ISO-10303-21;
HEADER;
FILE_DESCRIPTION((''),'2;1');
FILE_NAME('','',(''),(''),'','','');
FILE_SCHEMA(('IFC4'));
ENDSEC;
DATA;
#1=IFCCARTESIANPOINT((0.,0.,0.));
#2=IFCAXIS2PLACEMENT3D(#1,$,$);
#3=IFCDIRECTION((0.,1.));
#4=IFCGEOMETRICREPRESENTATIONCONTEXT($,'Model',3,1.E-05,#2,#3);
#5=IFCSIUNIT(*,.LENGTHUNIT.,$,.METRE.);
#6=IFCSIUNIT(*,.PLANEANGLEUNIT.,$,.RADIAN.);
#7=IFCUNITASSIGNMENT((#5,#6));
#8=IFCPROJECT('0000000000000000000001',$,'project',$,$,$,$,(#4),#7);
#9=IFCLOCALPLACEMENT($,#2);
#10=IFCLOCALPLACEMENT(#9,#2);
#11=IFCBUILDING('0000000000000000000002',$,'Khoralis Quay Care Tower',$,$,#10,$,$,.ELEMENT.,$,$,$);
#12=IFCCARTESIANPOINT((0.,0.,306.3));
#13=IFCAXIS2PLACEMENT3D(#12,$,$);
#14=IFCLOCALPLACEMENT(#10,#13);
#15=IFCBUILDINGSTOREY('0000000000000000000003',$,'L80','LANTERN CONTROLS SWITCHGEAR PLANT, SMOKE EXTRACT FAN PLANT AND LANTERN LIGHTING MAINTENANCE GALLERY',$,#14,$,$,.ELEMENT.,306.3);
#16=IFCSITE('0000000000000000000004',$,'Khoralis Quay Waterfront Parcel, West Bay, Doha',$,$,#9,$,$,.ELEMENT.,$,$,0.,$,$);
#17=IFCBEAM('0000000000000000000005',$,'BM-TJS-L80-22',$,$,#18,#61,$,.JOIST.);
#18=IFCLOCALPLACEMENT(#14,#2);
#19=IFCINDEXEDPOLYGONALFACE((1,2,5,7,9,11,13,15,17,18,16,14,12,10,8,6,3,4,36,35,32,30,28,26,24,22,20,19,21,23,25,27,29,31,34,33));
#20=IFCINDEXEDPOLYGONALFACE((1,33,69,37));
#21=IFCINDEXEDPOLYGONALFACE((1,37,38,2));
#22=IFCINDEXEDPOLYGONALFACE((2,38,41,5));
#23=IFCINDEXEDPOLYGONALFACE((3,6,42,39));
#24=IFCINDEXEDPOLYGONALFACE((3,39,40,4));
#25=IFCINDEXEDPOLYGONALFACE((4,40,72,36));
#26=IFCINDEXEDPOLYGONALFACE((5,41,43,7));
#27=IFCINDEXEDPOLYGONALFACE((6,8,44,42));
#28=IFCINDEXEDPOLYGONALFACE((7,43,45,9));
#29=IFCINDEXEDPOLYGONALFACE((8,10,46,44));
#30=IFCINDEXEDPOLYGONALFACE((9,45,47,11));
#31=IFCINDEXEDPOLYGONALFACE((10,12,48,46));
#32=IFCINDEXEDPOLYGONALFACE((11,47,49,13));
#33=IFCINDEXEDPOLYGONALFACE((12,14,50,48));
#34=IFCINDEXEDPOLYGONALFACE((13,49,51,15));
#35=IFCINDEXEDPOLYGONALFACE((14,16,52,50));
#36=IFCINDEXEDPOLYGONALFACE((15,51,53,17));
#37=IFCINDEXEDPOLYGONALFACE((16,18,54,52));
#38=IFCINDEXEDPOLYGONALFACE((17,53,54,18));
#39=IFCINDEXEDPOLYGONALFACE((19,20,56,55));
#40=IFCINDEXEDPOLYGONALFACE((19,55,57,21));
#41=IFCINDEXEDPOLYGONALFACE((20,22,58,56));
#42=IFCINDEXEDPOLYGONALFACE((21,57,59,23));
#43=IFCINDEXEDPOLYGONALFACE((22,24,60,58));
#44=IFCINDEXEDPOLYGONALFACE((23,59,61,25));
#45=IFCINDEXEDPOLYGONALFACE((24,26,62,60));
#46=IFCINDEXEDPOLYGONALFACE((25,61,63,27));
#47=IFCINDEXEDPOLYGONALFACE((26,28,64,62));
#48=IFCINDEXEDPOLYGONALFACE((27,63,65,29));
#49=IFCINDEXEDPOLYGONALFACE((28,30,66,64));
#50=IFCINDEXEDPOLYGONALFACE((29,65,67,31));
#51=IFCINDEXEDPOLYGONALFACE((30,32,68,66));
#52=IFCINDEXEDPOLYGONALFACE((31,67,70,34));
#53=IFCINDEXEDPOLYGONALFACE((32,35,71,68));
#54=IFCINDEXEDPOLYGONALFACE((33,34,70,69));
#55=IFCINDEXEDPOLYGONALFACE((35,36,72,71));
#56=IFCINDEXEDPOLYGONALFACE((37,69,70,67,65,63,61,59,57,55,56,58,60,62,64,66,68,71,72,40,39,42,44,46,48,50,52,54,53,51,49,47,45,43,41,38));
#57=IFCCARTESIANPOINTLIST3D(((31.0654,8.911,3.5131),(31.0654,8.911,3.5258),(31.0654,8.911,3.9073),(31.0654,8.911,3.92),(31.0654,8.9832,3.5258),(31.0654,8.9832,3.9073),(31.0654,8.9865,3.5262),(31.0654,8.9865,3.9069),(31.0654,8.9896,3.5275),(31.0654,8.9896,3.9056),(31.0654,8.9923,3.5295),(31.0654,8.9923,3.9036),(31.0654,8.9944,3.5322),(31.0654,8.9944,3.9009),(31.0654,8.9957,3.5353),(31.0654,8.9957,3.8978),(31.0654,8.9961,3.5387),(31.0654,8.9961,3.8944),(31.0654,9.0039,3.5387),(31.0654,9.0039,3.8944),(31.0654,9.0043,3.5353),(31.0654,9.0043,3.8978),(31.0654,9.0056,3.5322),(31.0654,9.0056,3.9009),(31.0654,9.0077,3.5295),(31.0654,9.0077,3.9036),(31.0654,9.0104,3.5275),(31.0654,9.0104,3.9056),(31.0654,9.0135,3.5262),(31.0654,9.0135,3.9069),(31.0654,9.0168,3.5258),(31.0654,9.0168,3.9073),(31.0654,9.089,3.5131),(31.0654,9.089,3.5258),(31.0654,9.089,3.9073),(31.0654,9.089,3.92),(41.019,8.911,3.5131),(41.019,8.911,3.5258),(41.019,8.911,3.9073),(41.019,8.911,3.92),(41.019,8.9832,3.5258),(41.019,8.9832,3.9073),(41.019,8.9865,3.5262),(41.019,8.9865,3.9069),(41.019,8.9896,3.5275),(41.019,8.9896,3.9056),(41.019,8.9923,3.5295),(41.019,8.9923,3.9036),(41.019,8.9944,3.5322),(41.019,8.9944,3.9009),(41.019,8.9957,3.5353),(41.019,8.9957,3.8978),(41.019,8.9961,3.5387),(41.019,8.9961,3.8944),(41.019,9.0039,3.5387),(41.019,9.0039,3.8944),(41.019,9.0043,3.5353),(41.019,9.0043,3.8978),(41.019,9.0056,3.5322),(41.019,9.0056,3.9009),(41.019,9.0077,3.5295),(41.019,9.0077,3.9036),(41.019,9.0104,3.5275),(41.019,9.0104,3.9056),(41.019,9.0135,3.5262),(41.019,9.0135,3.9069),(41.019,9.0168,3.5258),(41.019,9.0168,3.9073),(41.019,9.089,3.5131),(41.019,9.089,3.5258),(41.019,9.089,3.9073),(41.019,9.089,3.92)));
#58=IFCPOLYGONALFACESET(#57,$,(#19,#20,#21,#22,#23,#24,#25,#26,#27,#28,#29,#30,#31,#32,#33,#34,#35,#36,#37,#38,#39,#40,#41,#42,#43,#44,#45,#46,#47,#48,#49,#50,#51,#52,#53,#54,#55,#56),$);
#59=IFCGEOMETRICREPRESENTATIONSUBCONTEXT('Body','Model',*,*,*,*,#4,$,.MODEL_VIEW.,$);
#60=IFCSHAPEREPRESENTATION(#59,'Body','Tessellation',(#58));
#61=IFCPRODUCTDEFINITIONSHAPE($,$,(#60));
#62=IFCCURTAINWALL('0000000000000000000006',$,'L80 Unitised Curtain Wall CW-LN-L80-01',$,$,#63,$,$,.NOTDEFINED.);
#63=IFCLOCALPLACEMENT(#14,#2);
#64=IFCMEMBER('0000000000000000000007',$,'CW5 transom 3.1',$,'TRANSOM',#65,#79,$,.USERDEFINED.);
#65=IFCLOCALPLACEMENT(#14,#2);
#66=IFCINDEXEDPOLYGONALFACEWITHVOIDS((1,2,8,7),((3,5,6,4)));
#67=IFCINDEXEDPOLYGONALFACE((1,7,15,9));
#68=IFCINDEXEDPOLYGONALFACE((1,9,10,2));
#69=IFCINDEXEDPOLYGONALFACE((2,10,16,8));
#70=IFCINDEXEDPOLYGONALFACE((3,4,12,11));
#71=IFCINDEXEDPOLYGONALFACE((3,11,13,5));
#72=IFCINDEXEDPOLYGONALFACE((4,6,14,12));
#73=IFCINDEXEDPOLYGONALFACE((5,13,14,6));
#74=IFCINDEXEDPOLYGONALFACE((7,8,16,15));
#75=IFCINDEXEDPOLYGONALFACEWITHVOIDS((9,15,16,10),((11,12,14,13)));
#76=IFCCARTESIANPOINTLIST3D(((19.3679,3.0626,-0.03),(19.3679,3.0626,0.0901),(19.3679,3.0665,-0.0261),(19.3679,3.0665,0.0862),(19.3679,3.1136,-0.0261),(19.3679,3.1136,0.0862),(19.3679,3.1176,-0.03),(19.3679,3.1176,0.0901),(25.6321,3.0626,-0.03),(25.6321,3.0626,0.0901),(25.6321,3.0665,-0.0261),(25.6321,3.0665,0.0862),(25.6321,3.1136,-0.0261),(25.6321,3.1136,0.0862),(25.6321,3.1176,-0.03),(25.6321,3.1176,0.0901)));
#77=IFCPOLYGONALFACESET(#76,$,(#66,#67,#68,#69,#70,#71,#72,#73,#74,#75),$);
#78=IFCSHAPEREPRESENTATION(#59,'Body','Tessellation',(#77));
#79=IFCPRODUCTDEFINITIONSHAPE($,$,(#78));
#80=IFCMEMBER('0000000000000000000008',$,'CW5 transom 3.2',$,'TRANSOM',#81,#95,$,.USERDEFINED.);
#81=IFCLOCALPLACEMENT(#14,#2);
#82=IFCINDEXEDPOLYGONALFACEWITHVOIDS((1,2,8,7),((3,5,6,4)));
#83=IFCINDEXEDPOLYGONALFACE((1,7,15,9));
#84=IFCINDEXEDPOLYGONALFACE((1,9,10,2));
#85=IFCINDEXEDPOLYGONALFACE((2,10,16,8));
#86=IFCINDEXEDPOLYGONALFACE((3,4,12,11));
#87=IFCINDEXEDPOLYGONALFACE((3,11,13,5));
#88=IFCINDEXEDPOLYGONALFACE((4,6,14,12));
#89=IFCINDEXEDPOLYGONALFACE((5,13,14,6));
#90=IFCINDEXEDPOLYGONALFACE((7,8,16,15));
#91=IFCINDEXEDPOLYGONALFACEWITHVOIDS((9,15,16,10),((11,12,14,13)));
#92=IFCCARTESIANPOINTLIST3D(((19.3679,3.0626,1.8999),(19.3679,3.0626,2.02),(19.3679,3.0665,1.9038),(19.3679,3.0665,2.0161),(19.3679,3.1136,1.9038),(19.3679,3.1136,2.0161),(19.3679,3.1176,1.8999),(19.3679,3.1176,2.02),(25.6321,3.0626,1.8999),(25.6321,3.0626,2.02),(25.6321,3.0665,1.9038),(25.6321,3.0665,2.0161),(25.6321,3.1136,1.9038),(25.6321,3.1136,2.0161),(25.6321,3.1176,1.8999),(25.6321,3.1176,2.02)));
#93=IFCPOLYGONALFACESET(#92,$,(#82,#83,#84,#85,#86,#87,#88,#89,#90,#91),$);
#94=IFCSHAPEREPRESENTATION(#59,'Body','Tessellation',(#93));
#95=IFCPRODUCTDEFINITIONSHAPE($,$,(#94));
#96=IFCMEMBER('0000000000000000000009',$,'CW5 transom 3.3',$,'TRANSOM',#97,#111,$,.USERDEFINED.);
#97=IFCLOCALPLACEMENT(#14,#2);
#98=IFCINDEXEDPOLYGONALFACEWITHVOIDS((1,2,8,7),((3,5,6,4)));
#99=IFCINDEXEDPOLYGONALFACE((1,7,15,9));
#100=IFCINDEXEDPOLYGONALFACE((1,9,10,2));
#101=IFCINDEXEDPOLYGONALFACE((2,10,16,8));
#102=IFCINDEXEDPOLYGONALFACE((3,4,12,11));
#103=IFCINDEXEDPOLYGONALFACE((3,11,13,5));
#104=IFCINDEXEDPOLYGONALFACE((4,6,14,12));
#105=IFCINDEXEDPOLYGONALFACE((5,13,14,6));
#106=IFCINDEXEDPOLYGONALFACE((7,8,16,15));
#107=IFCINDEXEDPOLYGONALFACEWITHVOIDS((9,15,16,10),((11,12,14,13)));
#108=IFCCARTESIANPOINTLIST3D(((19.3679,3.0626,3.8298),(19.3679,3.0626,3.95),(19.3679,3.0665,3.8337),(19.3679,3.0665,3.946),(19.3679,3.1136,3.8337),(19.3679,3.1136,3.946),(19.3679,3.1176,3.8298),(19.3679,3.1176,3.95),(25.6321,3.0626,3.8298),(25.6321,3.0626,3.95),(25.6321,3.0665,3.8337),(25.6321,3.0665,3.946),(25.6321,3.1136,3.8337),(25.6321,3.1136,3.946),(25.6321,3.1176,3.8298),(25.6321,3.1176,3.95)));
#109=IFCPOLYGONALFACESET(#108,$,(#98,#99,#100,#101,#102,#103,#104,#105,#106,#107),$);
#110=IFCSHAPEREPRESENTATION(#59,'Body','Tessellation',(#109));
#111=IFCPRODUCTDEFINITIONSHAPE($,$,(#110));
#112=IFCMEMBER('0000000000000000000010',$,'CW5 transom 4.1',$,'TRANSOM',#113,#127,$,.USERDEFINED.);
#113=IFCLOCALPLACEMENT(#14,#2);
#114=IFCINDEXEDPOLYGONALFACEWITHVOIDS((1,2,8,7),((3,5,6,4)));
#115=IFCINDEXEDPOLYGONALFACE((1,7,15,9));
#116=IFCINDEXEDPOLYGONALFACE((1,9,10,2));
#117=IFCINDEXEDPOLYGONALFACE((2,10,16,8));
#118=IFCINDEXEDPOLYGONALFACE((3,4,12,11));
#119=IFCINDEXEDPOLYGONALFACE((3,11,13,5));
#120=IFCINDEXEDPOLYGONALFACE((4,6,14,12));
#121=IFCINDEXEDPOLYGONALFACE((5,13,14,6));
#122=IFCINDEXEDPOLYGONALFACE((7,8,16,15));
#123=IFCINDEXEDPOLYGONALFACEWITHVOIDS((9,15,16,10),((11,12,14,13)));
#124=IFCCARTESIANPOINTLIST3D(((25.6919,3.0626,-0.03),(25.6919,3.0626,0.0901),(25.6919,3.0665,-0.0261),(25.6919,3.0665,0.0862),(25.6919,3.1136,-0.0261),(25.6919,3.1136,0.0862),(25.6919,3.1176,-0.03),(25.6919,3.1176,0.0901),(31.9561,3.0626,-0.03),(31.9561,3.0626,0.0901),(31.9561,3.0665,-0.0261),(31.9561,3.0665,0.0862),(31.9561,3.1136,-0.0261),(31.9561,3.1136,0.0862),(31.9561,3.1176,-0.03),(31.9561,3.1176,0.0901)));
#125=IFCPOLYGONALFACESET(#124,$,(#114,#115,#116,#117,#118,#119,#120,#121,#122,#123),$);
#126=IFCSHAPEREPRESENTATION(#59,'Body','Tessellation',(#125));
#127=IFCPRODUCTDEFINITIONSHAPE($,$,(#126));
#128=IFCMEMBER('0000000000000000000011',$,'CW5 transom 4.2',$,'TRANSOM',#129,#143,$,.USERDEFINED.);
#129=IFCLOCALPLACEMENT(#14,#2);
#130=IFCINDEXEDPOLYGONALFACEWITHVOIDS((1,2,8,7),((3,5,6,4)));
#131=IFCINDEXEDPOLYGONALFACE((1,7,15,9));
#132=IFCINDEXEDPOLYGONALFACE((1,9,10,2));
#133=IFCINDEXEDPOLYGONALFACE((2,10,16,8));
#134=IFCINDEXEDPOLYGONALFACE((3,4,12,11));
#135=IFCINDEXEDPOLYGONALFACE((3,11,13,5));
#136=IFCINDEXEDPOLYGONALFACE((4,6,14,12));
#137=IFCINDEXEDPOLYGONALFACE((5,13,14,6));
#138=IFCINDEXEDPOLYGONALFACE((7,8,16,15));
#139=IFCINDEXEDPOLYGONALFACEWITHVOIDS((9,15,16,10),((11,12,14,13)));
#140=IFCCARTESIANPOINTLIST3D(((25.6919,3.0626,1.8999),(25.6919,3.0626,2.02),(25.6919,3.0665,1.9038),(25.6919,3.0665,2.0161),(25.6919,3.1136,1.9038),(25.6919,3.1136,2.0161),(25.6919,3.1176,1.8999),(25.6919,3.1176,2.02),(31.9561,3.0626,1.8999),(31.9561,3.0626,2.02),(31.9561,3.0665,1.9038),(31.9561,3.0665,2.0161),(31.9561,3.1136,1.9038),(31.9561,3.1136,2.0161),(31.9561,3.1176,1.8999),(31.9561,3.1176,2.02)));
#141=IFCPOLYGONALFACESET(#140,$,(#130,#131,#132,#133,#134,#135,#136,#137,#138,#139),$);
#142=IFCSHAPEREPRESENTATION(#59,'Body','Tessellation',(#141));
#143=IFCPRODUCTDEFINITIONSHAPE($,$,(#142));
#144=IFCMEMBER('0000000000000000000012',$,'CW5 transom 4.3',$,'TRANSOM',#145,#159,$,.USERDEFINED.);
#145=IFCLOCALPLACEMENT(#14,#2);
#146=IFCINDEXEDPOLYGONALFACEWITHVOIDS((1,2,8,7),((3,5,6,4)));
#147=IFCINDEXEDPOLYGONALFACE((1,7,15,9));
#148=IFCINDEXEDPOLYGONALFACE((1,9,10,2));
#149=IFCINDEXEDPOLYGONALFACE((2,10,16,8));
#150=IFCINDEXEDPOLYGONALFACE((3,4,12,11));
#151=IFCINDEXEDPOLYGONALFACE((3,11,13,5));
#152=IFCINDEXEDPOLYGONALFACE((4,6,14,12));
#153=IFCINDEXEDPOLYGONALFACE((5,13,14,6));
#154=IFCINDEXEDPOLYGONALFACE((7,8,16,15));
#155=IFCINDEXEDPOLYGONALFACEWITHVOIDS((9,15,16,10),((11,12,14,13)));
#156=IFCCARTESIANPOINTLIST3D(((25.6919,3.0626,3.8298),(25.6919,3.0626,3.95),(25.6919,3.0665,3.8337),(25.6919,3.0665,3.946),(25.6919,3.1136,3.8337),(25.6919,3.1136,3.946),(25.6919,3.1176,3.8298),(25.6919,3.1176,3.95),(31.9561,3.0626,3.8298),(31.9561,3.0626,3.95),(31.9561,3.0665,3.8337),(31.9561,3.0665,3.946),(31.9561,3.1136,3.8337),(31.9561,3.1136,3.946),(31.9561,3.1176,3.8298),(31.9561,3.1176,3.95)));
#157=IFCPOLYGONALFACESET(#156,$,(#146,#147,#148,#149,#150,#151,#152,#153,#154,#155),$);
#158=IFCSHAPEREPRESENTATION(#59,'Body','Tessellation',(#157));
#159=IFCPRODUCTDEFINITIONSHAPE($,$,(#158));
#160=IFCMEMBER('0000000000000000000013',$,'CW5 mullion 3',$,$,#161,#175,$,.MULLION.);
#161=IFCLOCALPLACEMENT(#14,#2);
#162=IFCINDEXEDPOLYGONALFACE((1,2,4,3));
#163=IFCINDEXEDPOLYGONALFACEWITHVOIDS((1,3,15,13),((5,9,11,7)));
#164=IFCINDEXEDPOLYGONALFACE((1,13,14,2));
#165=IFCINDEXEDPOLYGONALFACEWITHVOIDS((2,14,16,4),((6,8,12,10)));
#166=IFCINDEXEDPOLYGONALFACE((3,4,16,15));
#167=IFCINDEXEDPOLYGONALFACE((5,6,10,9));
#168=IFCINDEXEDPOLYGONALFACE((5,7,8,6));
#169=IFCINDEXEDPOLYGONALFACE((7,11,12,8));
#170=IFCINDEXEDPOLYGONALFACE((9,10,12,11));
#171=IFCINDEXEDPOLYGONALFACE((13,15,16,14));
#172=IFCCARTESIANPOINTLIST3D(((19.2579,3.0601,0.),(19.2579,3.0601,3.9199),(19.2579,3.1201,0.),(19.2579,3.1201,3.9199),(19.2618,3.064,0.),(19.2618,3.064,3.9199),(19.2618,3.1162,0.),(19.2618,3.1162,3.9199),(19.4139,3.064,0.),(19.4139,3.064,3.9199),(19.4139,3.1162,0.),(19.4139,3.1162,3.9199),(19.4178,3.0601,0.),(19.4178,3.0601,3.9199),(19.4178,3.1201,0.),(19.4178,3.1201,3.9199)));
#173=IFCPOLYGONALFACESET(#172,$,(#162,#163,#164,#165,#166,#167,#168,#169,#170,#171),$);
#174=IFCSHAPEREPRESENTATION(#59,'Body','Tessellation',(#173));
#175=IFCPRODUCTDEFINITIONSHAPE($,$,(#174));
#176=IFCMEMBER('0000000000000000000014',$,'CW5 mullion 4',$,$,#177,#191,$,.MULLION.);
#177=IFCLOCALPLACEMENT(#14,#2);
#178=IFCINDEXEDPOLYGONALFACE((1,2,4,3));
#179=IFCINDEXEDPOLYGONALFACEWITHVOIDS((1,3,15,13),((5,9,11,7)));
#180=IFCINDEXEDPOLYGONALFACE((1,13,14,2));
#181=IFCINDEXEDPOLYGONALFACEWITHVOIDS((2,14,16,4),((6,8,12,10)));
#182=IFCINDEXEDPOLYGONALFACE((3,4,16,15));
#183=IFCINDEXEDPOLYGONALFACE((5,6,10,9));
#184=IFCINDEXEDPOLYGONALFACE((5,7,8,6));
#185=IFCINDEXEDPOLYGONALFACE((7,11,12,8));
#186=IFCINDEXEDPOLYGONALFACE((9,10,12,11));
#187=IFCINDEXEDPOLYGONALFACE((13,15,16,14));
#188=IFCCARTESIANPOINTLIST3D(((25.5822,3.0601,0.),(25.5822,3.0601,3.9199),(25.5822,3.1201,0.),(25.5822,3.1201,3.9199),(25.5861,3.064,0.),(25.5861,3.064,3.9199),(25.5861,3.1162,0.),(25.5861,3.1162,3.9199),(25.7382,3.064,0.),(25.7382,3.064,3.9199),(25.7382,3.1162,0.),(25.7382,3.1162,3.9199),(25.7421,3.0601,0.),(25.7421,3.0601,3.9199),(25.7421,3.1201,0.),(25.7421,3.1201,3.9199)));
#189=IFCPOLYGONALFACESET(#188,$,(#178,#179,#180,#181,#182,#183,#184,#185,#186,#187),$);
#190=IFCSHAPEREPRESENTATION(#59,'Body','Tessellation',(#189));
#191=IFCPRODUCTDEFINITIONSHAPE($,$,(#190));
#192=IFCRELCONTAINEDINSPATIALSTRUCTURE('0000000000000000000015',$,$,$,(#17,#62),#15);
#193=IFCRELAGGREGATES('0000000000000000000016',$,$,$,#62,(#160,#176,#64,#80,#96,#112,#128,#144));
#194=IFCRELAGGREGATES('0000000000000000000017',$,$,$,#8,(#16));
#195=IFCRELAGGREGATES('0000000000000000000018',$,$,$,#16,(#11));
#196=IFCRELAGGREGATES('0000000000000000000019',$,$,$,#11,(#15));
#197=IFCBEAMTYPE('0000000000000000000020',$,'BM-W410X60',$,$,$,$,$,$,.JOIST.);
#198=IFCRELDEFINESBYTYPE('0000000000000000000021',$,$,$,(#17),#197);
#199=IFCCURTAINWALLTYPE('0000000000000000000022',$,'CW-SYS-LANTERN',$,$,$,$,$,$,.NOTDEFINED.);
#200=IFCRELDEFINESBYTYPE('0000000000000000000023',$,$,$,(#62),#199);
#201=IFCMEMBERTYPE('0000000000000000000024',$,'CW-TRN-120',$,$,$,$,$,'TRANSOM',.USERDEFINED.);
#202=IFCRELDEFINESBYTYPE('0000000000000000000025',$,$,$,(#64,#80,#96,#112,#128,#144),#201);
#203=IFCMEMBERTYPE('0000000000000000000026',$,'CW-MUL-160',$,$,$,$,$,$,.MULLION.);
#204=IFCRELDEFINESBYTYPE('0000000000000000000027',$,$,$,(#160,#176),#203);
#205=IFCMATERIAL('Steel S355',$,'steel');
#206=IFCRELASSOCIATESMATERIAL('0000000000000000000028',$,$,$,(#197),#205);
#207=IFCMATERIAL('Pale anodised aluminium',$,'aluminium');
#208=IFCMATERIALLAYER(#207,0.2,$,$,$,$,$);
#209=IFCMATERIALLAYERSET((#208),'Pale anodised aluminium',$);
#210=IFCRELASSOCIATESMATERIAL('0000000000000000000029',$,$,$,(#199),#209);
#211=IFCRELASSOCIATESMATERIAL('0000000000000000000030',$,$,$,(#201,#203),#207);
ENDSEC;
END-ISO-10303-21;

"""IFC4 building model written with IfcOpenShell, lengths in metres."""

from ifc_helpers import new_model, si_unit, direction, frame, origin, origin_2d, place, context, subcontext, project, spatial, hollow_rectangle, i_section, extrude, source, transform, mapped, material, layer, layer_set, material_profile, profile_set, type_object, element, aggregate, save


model = new_model("IFC4")

# Units and contexts
model_context = context("Model", 3, precision=1e-05, world=origin(), true_north=direction((0.0, 1.0)))
body_context = subcontext(model_context, "Body", "Model", "MODEL_VIEW")
ifc_project = project(units=[si_unit("LENGTHUNIT", "METRE"), si_unit("PLANEANGLEUNIT", "RADIAN")], contexts=[model_context])

# Site, building, storey
site_placement = place(None, origin())
site = spatial("IfcSite", under=ifc_project, at=site_placement, Name="Khoralis Quay Waterfront Parcel, West Bay, Doha", CompositionType="ELEMENT", RefElevation=0.0)
building_placement = place(site_placement, origin())
building = spatial("IfcBuilding", under=site, at=building_placement, Name="Khoralis Quay Care Tower", CompositionType="ELEMENT")
storey_placement = place(building_placement, frame((0.0, 0.0, 306.3)))
storey = spatial("IfcBuildingStorey", under=building, at=storey_placement, Name="L80", Description="LANTERN CONTROLS SWITCHGEAR PLANT, SMOKE EXTRACT FAN PLANT AND LANTERN LIGHTING MAINTENANCE GALLERY", CompositionType="ELEMENT", Elevation=306.3)

# Shared definitions
ifc_material_1 = material(Name="Steel S355", Category="steel")

# Beam
ifc_material_profile_1 = material_profile(ifc_material_1, i_section(OverallWidth=0.178, OverallDepth=0.407, WebThickness=0.0078, FlangeThickness=0.0127, FilletRadius=0.0129, at=origin_2d()), Name="Steel S355")
ifc_profile_set_1 = profile_set([ifc_material_profile_1], Name="Steel S355")
beam_type_1 = type_object("IfcBeamType", Name="BM-W410X60", PredefinedType="JOIST", material=ifc_profile_set_1)
shared_shape_1 = source(origin(), body_context, "Body", "SweptSolid", [
    extrude(i_section(OverallWidth=0.178, OverallDepth=0.407, WebThickness=0.0078, FlangeThickness=0.0127, FilletRadius=0.0129, at=origin_2d()), origin(), (0.0, 0.0, 1.0), 9.9536),
])
beam_1_placement = place(storey_placement, frame((31.0654, 9.0, 3.7166), z_axis=(1.0, 0.0, 0.0), x_axis=(0.0, 1.0, 0.0)))
element("IfcBeam", 1, at=beam_1_placement, inside=storey, type_object=beam_type_1, Name="BM-TJS-L80-22", PredefinedType="JOIST", context=body_context, shape_type="MappedRepresentation", body=[
    mapped(shared_shape_1, transform((0.0, 0.0, 0.0), scale=1.0)),
])

# Curtain wall, members
ifc_material_2 = material(Name="Pale anodised aluminium", Category="aluminium")
ifc_layer_1 = layer(ifc_material_2, 0.2)
ifc_layer_set_1 = layer_set([ifc_layer_1], Name="Pale anodised aluminium")
curtain_wall_type = type_object("IfcCurtainWallType", Name="CW-SYS-LANTERN", PredefinedType="NOTDEFINED", material=ifc_layer_set_1)
curtain_wall_placement = place(storey_placement, origin())
curtain_wall = element("IfcCurtainWall", 2, at=curtain_wall_placement, inside=storey, type_object=curtain_wall_type, Name="L80 Unitised Curtain Wall CW-LN-L80-01", PredefinedType="NOTDEFINED")
ifc_material_profile_2 = material_profile(ifc_material_2, hollow_rectangle(XDim=0.0549, YDim=0.1201, WallThickness=0.0039, at=origin_2d()), Name="Pale anodised aluminium")
ifc_profile_set_2 = profile_set([ifc_material_profile_2], Name="Pale anodised aluminium")
member_type_1 = type_object("IfcMemberType", Name="CW-TRN-120", ElementType="TRANSOM", PredefinedType="USERDEFINED", material=ifc_profile_set_2)
shared_shape_2 = source(origin(), body_context, "Body", "SweptSolid", [
    extrude(hollow_rectangle(XDim=0.0549, YDim=0.1201, WallThickness=0.0039, at=origin_2d()), origin(), (0.0, 0.0, 1.0), 6.2642),
])
member_1_placement = place(storey_placement, frame((19.3679, 3.0901, 0.03), z_axis=(1.0, 0.0, 0.0), x_axis=(0.0, 1.0, 0.0)))
member_1 = element("IfcMember", 3, at=member_1_placement, type_object=member_type_1, Name="CW5 transom 3.1", ObjectType="TRANSOM", PredefinedType="USERDEFINED", context=body_context, shape_type="MappedRepresentation", body=[
    mapped(shared_shape_2, transform((0.0, 0.0, 0.0), scale=1.0)),
])
member_2_placement = place(storey_placement, frame((19.3679, 3.0901, 1.96), z_axis=(1.0, 0.0, 0.0), x_axis=(0.0, 1.0, 0.0)))
member_2 = element("IfcMember", 4, at=member_2_placement, type_object=member_type_1, Name="CW5 transom 3.2", ObjectType="TRANSOM", PredefinedType="USERDEFINED", context=body_context, shape_type="MappedRepresentation", body=[
    mapped(shared_shape_2, transform((0.0, 0.0, 0.0), scale=1.0)),
])
member_3_placement = place(storey_placement, frame((19.3679, 3.0901, 3.8899), z_axis=(1.0, 0.0, 0.0), x_axis=(0.0, 1.0, 0.0)))
member_3 = element("IfcMember", 5, at=member_3_placement, type_object=member_type_1, Name="CW5 transom 3.3", ObjectType="TRANSOM", PredefinedType="USERDEFINED", context=body_context, shape_type="MappedRepresentation", body=[
    mapped(shared_shape_2, transform((0.0, 0.0, 0.0), scale=1.0)),
])
member_4_placement = place(storey_placement, frame((25.6919, 3.0901, 0.03), z_axis=(1.0, 0.0, 0.0), x_axis=(0.0, 1.0, 0.0)))
member_4 = element("IfcMember", 6, at=member_4_placement, type_object=member_type_1, Name="CW5 transom 4.1", ObjectType="TRANSOM", PredefinedType="USERDEFINED", context=body_context, shape_type="MappedRepresentation", body=[
    mapped(shared_shape_2, transform((0.0, 0.0, 0.0), scale=1.0)),
])
member_5_placement = place(storey_placement, frame((25.6919, 3.0901, 1.96), z_axis=(1.0, 0.0, 0.0), x_axis=(0.0, 1.0, 0.0)))
member_5 = element("IfcMember", 7, at=member_5_placement, type_object=member_type_1, Name="CW5 transom 4.2", ObjectType="TRANSOM", PredefinedType="USERDEFINED", context=body_context, shape_type="MappedRepresentation", body=[
    mapped(shared_shape_2, transform((0.0, 0.0, 0.0), scale=1.0)),
])
member_6_placement = place(storey_placement, frame((25.6919, 3.0901, 3.8899), z_axis=(1.0, 0.0, 0.0), x_axis=(0.0, 1.0, 0.0)))
member_6 = element("IfcMember", 8, at=member_6_placement, type_object=member_type_1, Name="CW5 transom 4.3", ObjectType="TRANSOM", PredefinedType="USERDEFINED", context=body_context, shape_type="MappedRepresentation", body=[
    mapped(shared_shape_2, transform((0.0, 0.0, 0.0), scale=1.0)),
])
ifc_material_profile_3 = material_profile(ifc_material_2, hollow_rectangle(XDim=0.0601, YDim=0.1599, WallThickness=0.0039, at=origin_2d()), Name="Pale anodised aluminium")
ifc_profile_set_3 = profile_set([ifc_material_profile_3], Name="Pale anodised aluminium")
member_type_2 = type_object("IfcMemberType", Name="CW-MUL-160", PredefinedType="MULLION", material=ifc_profile_set_3)
shared_shape_3 = source(origin(), body_context, "Body", "SweptSolid", [
    extrude(hollow_rectangle(XDim=0.0601, YDim=0.1599, WallThickness=0.0039, at=origin_2d()), origin(), (0.0, 0.0, 1.0), 3.9199),
])
member_7_placement = place(storey_placement, frame((19.3379, 3.0901, 0.0), z_axis=(0.0, 0.0, 1.0), x_axis=(0.0, 1.0, 0.0)))
member_7 = element("IfcMember", 9, at=member_7_placement, type_object=member_type_2, Name="CW5 mullion 3", PredefinedType="MULLION", context=body_context, shape_type="MappedRepresentation", body=[
    mapped(shared_shape_3, transform((0.0, 0.0, 0.0), scale=1.0)),
])
member_8_placement = place(storey_placement, frame((25.6621, 3.0901, 0.0), z_axis=(0.0, 0.0, 1.0), x_axis=(0.0, 1.0, 0.0)))
member_8 = element("IfcMember", 10, at=member_8_placement, type_object=member_type_2, Name="CW5 mullion 4", PredefinedType="MULLION", context=body_context, shape_type="MappedRepresentation", body=[
    mapped(shared_shape_3, transform((0.0, 0.0, 0.0), scale=1.0)),
])
aggregate(curtain_wall, [member_7, member_8, member_1, member_2, member_3, member_4, member_5, member_6])

save(model, "model.ifc")
